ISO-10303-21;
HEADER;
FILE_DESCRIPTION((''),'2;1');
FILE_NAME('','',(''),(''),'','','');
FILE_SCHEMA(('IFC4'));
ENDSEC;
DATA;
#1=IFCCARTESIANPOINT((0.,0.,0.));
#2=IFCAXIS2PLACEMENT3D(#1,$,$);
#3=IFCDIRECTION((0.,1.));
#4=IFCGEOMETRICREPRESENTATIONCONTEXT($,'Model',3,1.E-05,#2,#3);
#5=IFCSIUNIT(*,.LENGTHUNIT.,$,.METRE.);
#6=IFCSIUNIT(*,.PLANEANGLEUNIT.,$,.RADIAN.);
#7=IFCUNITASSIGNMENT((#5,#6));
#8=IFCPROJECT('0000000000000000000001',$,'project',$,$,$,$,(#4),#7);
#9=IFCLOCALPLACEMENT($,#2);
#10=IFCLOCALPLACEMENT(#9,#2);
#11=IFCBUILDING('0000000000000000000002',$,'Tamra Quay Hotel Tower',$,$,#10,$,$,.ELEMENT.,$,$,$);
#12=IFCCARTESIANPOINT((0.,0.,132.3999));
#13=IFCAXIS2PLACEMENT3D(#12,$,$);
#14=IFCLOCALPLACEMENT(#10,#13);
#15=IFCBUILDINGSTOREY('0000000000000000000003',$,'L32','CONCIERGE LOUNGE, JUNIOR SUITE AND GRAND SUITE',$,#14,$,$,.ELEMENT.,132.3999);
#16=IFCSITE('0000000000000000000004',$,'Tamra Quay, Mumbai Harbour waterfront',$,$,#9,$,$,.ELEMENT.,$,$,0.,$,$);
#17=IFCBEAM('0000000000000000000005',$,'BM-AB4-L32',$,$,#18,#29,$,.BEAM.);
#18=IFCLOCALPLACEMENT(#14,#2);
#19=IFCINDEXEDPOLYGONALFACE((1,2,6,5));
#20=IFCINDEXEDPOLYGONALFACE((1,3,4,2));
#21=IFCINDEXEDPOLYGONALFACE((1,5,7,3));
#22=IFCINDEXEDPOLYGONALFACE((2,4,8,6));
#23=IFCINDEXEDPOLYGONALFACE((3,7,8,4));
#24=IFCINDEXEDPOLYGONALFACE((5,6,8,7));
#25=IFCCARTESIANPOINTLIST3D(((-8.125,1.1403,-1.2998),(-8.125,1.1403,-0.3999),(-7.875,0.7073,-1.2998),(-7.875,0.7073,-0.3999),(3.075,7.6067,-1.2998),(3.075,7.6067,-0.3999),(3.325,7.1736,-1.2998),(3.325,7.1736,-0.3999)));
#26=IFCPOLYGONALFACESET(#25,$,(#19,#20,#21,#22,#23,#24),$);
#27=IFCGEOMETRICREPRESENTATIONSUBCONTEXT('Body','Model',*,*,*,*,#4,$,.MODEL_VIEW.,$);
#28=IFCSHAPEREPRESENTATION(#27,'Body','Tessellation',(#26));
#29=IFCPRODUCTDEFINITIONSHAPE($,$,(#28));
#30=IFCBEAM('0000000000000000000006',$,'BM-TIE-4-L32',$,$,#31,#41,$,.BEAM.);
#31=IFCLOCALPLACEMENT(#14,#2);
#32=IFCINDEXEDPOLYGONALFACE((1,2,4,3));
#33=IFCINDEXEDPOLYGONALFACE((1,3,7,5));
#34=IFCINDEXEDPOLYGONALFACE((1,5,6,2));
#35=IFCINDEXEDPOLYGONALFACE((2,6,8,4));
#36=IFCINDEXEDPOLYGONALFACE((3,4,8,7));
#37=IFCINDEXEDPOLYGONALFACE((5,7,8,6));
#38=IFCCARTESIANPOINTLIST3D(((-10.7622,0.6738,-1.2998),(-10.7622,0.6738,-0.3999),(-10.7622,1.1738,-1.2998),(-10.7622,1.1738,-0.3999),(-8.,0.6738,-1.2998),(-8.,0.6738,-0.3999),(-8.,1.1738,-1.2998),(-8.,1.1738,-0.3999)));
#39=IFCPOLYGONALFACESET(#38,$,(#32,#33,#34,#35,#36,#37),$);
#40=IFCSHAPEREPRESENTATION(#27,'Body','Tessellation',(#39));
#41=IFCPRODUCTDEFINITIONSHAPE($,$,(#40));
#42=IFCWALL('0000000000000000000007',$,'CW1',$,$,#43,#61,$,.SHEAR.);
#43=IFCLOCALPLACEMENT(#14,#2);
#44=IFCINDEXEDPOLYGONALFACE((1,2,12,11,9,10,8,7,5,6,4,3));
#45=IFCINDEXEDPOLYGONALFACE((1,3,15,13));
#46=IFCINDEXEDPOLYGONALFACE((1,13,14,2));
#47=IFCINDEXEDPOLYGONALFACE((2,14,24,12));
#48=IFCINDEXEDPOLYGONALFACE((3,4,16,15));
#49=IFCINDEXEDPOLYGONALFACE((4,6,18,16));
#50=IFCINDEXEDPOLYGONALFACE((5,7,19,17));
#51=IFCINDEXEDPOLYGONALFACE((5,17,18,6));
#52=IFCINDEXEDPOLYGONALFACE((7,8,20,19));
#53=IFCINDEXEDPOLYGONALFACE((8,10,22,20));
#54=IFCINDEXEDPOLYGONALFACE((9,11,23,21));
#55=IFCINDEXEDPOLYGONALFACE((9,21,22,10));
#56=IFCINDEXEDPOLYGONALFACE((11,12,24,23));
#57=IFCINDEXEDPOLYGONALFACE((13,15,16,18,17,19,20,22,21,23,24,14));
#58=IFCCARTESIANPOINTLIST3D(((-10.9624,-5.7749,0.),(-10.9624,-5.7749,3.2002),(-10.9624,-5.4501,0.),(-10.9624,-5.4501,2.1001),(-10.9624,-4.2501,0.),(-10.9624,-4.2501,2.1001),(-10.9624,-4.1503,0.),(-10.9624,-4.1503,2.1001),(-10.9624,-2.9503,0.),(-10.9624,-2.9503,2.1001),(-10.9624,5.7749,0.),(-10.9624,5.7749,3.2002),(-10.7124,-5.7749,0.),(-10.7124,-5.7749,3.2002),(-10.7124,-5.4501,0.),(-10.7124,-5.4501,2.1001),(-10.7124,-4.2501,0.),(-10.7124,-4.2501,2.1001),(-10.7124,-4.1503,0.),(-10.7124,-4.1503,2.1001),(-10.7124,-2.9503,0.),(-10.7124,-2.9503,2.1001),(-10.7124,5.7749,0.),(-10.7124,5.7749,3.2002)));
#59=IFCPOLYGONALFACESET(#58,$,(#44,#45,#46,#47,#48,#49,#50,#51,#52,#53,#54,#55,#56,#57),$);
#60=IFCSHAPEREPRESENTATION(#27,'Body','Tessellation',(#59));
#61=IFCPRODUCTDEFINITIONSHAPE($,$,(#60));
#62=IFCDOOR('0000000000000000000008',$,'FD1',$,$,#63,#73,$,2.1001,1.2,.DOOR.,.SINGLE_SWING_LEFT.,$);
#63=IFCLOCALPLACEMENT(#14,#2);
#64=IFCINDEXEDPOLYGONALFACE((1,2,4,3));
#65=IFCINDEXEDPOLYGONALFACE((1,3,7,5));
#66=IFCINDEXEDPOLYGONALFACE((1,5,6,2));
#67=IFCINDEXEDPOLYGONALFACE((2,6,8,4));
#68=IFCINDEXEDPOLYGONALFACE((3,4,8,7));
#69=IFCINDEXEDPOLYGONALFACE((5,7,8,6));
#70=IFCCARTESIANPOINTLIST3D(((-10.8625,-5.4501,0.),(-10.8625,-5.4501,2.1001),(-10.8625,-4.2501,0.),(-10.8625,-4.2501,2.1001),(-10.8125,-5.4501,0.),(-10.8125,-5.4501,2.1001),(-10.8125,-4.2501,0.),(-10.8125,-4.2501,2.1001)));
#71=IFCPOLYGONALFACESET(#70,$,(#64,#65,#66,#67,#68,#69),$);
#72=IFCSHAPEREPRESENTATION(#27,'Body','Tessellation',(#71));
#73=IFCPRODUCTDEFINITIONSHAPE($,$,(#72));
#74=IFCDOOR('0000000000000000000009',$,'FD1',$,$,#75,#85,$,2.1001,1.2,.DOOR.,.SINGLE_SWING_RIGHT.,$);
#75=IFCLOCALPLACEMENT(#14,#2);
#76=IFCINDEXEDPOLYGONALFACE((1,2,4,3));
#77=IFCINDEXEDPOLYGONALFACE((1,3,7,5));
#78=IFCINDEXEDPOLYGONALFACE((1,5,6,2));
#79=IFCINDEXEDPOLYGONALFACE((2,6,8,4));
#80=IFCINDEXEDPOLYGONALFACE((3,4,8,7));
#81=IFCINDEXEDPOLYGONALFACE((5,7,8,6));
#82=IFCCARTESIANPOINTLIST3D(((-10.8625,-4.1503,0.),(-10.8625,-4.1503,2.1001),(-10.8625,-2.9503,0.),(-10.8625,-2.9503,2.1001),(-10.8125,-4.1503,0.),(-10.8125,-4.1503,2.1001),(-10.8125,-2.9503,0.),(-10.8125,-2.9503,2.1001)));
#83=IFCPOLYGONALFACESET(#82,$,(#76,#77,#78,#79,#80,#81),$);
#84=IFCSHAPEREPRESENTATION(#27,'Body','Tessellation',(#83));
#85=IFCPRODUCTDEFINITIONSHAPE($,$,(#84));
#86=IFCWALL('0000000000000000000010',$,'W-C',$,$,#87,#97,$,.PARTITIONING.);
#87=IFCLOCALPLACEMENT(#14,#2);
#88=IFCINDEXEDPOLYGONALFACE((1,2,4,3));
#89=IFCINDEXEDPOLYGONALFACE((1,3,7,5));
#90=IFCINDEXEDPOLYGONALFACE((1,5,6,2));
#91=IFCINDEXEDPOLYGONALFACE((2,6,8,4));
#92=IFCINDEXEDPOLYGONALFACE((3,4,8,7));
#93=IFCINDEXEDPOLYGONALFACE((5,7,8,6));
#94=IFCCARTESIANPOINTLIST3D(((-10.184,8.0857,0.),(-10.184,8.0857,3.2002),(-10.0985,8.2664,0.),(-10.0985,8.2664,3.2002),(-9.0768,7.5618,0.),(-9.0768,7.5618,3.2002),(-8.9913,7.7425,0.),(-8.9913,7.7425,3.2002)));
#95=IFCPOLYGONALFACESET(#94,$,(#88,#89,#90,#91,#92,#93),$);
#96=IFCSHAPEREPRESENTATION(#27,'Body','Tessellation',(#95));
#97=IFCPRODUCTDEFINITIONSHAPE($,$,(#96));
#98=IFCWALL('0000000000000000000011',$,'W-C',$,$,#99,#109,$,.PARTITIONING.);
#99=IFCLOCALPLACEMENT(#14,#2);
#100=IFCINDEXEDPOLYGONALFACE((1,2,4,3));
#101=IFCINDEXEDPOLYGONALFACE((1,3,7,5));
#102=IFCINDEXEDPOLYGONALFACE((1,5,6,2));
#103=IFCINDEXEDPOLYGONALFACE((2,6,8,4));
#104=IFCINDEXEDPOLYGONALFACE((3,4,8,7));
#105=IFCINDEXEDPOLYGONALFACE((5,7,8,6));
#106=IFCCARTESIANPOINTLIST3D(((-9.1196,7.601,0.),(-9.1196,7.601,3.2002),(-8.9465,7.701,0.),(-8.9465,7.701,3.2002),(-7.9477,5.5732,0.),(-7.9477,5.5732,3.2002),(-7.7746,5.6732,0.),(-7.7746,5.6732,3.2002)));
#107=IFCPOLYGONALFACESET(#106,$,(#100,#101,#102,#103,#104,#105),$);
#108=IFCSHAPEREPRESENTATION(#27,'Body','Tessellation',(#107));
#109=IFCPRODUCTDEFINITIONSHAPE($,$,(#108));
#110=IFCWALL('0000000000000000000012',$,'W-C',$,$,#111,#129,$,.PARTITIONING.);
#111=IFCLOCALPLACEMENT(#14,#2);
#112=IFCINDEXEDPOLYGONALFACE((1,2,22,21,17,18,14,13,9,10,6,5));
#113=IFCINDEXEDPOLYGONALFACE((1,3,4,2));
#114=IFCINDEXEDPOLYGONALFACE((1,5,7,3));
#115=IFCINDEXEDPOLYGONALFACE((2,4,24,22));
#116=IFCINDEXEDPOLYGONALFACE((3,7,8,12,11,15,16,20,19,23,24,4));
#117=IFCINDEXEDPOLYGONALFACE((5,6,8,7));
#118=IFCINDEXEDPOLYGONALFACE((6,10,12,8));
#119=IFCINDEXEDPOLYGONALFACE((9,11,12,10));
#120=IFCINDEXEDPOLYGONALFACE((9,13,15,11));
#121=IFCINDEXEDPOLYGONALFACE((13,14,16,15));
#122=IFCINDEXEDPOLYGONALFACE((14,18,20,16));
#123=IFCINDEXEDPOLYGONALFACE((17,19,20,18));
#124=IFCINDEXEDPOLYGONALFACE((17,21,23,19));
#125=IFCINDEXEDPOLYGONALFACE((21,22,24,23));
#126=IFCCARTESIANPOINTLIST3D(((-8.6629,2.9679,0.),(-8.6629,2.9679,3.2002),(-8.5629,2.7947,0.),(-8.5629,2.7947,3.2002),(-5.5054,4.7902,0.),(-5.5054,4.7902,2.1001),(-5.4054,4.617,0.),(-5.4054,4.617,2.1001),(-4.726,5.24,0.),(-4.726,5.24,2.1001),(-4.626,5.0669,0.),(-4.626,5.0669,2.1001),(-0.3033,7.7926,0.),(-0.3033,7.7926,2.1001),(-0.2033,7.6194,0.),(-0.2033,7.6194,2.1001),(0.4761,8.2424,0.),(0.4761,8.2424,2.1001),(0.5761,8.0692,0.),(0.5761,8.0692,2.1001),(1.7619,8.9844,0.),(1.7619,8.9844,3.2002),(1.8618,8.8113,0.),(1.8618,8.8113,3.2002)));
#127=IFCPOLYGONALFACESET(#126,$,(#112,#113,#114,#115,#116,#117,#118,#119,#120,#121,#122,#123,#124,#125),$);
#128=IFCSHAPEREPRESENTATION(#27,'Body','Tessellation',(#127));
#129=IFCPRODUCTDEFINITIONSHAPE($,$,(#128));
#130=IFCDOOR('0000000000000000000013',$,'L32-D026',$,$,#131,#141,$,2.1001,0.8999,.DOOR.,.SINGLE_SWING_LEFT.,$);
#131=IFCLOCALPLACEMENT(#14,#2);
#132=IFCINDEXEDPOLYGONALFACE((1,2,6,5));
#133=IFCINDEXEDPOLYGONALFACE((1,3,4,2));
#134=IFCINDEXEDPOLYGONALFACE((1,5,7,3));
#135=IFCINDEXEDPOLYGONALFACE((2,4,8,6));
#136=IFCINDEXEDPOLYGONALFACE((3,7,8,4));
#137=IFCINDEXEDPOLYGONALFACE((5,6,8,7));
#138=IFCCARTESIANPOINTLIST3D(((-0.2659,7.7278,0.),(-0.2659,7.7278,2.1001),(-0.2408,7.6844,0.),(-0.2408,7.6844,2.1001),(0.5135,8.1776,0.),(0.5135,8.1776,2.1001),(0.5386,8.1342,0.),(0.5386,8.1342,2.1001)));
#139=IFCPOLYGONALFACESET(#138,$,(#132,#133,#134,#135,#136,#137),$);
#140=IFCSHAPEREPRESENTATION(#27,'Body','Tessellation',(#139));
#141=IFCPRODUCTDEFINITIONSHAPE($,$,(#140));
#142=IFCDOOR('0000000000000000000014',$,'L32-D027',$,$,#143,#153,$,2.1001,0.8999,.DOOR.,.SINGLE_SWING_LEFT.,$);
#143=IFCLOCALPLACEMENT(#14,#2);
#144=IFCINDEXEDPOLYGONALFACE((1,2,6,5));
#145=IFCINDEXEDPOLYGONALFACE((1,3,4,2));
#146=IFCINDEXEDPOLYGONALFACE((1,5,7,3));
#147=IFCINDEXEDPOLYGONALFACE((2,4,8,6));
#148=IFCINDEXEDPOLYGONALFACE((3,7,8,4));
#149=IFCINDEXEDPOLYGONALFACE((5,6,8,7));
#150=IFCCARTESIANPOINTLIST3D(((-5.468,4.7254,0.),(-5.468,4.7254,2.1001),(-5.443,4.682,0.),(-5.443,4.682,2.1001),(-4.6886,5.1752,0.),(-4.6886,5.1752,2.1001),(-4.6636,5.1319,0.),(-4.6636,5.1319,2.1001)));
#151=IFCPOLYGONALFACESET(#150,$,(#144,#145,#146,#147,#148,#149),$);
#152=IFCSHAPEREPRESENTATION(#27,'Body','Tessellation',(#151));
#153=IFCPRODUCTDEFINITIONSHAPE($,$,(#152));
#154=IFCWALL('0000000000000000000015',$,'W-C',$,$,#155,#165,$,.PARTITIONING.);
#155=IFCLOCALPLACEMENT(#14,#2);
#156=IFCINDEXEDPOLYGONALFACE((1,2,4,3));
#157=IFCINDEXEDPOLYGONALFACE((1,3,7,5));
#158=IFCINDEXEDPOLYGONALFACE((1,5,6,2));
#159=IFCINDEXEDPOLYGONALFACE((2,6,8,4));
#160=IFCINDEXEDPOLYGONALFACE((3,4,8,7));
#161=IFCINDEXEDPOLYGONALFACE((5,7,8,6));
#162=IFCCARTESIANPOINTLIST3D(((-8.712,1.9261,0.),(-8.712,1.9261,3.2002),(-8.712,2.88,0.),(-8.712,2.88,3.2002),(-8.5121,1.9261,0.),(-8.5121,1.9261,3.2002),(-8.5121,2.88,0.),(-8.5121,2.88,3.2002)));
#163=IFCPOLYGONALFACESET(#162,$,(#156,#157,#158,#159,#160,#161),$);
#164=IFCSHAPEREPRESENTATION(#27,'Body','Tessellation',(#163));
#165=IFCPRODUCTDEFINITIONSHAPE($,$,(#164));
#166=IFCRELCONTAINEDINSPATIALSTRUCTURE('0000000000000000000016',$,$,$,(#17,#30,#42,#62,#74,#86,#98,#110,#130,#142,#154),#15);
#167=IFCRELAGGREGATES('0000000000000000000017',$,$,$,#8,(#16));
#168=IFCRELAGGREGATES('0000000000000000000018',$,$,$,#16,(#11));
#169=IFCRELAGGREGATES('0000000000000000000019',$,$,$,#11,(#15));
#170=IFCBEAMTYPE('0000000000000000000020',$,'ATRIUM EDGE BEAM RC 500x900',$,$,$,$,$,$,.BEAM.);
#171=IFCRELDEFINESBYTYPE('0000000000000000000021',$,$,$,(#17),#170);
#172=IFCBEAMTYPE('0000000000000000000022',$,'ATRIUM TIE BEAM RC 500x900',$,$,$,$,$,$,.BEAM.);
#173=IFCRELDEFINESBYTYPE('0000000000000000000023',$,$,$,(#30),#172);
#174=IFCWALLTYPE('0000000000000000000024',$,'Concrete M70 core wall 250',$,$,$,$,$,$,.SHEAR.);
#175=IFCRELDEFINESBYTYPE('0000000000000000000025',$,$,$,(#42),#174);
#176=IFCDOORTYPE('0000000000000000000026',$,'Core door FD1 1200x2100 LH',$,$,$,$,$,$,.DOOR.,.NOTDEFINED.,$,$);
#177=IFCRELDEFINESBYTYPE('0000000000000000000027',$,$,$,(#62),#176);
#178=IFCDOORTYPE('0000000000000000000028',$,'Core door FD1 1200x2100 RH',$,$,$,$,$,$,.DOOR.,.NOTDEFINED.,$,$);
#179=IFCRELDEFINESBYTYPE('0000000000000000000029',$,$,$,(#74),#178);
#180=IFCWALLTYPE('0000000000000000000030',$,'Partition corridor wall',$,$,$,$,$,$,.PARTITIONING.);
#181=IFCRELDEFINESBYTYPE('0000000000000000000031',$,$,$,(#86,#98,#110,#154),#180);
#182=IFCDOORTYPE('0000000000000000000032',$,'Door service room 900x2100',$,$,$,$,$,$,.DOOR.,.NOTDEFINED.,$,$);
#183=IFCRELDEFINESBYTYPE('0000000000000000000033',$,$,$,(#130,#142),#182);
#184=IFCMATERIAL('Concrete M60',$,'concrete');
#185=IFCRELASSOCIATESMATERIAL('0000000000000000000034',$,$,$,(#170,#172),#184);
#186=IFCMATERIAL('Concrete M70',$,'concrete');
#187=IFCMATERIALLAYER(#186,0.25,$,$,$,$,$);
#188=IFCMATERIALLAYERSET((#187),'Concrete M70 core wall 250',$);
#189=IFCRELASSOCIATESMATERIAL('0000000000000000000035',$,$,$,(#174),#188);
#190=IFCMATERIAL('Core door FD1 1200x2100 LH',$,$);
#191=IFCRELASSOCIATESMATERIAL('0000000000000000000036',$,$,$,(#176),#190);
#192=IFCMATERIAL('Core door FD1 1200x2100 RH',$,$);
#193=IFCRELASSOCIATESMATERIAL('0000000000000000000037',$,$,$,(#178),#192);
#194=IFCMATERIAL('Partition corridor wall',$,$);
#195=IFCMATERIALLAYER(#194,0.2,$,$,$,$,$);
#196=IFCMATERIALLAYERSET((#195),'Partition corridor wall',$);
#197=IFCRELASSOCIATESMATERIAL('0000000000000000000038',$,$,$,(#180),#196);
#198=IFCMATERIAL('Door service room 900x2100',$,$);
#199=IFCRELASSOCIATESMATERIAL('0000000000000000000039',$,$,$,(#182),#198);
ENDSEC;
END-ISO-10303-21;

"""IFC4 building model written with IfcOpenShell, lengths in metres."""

from ifc_helpers import new_model, si_unit, direction, frame, frame_2d, origin, origin_2d, place, context, subcontext, project, spatial, rectangle, extrude, material, layer, layer_set, material_profile, profile_set, type_object, element, fill, save


model = new_model("IFC4")

# Units and contexts
model_context = context("Model", 3, precision=1e-05, world=origin(), true_north=direction((0.0, 1.0)))
body_context = subcontext(model_context, "Body", "Model", "MODEL_VIEW")
ifc_project = project(units=[si_unit("LENGTHUNIT", "METRE"), si_unit("PLANEANGLEUNIT", "RADIAN")], contexts=[model_context])

# Site, building, storey
site_placement = place(None, origin())
site = spatial("IfcSite", under=ifc_project, at=site_placement, Name="Tamra Quay, Mumbai Harbour waterfront", CompositionType="ELEMENT", RefElevation=0.0)
building_placement = place(site_placement, origin())
building = spatial("IfcBuilding", under=site, at=building_placement, Name="Tamra Quay Hotel Tower", CompositionType="ELEMENT")
storey_placement = place(building_placement, frame((0.0, 0.0, 132.3999)))
storey = spatial("IfcBuildingStorey", under=building, at=storey_placement, Name="L32", Description="CONCIERGE LOUNGE, JUNIOR SUITE AND GRAND SUITE", CompositionType="ELEMENT", Elevation=132.3999)

# Beams
ifc_material_1 = material(Name="Concrete M60", Category="concrete")
ifc_material_profile_1 = material_profile(ifc_material_1, rectangle(XDim=0.5, YDim=0.8999, at=origin_2d()), Name="ATRIUM EDGE BEAM RC 500x900")
ifc_profile_set_1 = profile_set([ifc_material_profile_1], Name="Concrete M60")
beam_type_1 = type_object("IfcBeamType", Name="ATRIUM EDGE BEAM RC 500x900", PredefinedType="BEAM", material=ifc_profile_set_1)
beam_1_placement = place(storey_placement, frame((-8.0, 0.9238, -0.8499), z_axis=(0.866025, 0.500001, 0.0), x_axis=(-0.500001, 0.866025, 0.0)))
element("IfcBeam", 1, at=beam_1_placement, inside=storey, type_object=beam_type_1, Name="BM-AB4-L32", PredefinedType="BEAM", context=body_context, shape_type="SweptSolid", body=[
    extrude(rectangle(XDim=0.5, YDim=0.8999, at=origin_2d()), origin(), (0.0, 0.0, 1.0), 12.9326),
])
ifc_material_profile_2 = material_profile(ifc_material_1, rectangle(XDim=0.5, YDim=0.8999, at=origin_2d()), Name="ATRIUM TIE BEAM RC 500x900")
ifc_profile_set_2 = profile_set([ifc_material_profile_2], Name="Concrete M60")
beam_type_2 = type_object("IfcBeamType", Name="ATRIUM TIE BEAM RC 500x900", PredefinedType="BEAM", material=ifc_profile_set_2)
beam_2_placement = place(storey_placement, frame((-8.0, 0.9238, -0.8499), z_axis=(-1.0, 0.0, 0.0), x_axis=(0.0, -1.0, 0.0)))
element("IfcBeam", 2, at=beam_2_placement, inside=storey, type_object=beam_type_2, Name="BM-TIE-4-L32", PredefinedType="BEAM", context=body_context, shape_type="SweptSolid", body=[
    extrude(rectangle(XDim=0.5, YDim=0.8999, at=origin_2d()), origin(), (0.0, 0.0, 1.0), 2.7622),
])

# Wall, openings, doors
ifc_material_2 = material(Name="Concrete M70", Category="concrete")
ifc_layer_1 = layer(ifc_material_2, 0.25)
ifc_layer_set_1 = layer_set([ifc_layer_1], Name="Concrete M70 core wall 250")
wall_type_1 = type_object("IfcWallType", Name="Concrete M70 core wall 250", PredefinedType="SHEAR", material=ifc_layer_set_1)
wall_1_placement = place(storey_placement, frame((-10.8374, 5.7749, 0.0), z_axis=(0.0, 0.0, 1.0), x_axis=(0.0, -1.0, 0.0)))
wall_1 = element("IfcWall", 3, at=wall_1_placement, inside=storey, type_object=wall_type_1, Name="CW1", PredefinedType="SHEAR", context=body_context, shape_type="SweptSolid", body=[
    extrude(rectangle(XDim=11.5498, YDim=0.25, at=frame_2d((5.7749, 0.0))), origin(), (0.0, 0.0, 1.0), 3.2002),
])
opening_1_placement = place(wall_1_placement, frame((10.0249, 0.0, 0.0)))
opening_1 = element("IfcOpeningElement", 4, at=opening_1_placement, cuts=wall_1, PredefinedType="OPENING", context=body_context, shape_type="SweptSolid", body=[
    extrude(rectangle(XDim=1.2, YDim=2.1001, at=frame_2d((0.6001, 1.05))), frame((0.0, 0.135, 0.0), z_axis=(0.0, -1.0, 0.0), x_axis=(1.0, 0.0, 0.0)), (0.0, 0.0, 1.0), 0.27),
])
opening_2_placement = place(wall_1_placement, frame((8.7251, 0.0, 0.0)))
opening_2 = element("IfcOpeningElement", 5, at=opening_2_placement, cuts=wall_1, PredefinedType="OPENING", context=body_context, shape_type="SweptSolid", body=[
    extrude(rectangle(XDim=1.2, YDim=2.1001, at=frame_2d((0.6001, 1.05))), frame((0.0, 0.135, 0.0), z_axis=(0.0, -1.0, 0.0), x_axis=(1.0, 0.0, 0.0)), (0.0, 0.0, 1.0), 0.27),
])
ifc_material_3 = material(Name="Core door FD1 1200x2100 LH")
door_type_1 = type_object("IfcDoorType", Name="Core door FD1 1200x2100 LH", OperationType="NOTDEFINED", PredefinedType="DOOR", material=ifc_material_3)
door_1_placement = place(opening_1_placement, origin())
door_1 = element("IfcDoor", 6, at=door_1_placement, inside=storey, type_object=door_type_1, Name="FD1", OperationType="SINGLE_SWING_LEFT", OverallHeight=2.1001, OverallWidth=1.2, PredefinedType="DOOR", context=body_context, shape_type="SweptSolid", body=[
    extrude(rectangle(XDim=1.2, YDim=2.1001, at=frame_2d((0.6001, 1.05))), frame((0.0, 0.0249, 0.0), z_axis=(0.0, -1.0, 0.0), x_axis=(1.0, 0.0, 0.0)), (0.0, 0.0, 1.0), 0.05),
])
fill(opening_1, door_1)
ifc_material_4 = material(Name="Core door FD1 1200x2100 RH")
door_type_2 = type_object("IfcDoorType", Name="Core door FD1 1200x2100 RH", OperationType="NOTDEFINED", PredefinedType="DOOR", material=ifc_material_4)
door_2_placement = place(opening_2_placement, origin())
door_2 = element("IfcDoor", 7, at=door_2_placement, inside=storey, type_object=door_type_2, Name="FD1", OperationType="SINGLE_SWING_RIGHT", OverallHeight=2.1001, OverallWidth=1.2, PredefinedType="DOOR", context=body_context, shape_type="SweptSolid", body=[
    extrude(rectangle(XDim=1.2, YDim=2.1001, at=frame_2d((0.6001, 1.05))), frame((0.0, 0.0249, 0.0), z_axis=(0.0, -1.0, 0.0), x_axis=(1.0, 0.0, 0.0)), (0.0, 0.0, 1.0), 0.05),
])
fill(opening_2, door_2)

# Walls
ifc_material_5 = material(Name="Partition corridor wall")
ifc_layer_2 = layer(ifc_material_5, 0.2)
ifc_layer_set_2 = layer_set([ifc_layer_2], Name="Partition corridor wall")
wall_type_2 = type_object("IfcWallType", Name="Partition corridor wall", PredefinedType="PARTITIONING", material=ifc_layer_set_2)
wall_2_placement = place(storey_placement, frame((-10.1411, 8.176, 0.0), z_axis=(0.0, 0.0, 1.0), x_axis=(0.903904, -0.427735, 0.0)))
element("IfcWall", 8, at=wall_2_placement, inside=storey, type_object=wall_type_2, Name="W-C", PredefinedType="PARTITIONING", context=body_context, shape_type="SweptSolid", body=[
    extrude(rectangle(XDim=1.2249, YDim=0.2, at=frame_2d((0.6123, 0.0))), origin(), (0.0, 0.0, 1.0), 3.2002),
])
wall_3_placement = place(storey_placement, frame((-9.033, 7.6509, 0.0), z_axis=(0.0, 0.0, 1.0), x_axis=(0.500354, -0.865821, 0.0)))
element("IfcWall", 9, at=wall_3_placement, inside=storey, type_object=wall_type_2, Name="W-C", PredefinedType="PARTITIONING", context=body_context, shape_type="SweptSolid", body=[
    extrude(rectangle(XDim=2.342, YDim=0.2, at=frame_2d((1.1709, 0.0))), origin(), (0.0, 0.0, 1.0), 3.2002),
])

# Wall, openings, doors
wall_4_placement = place(storey_placement, frame((-8.6128, 2.8813, 0.0), z_axis=(0.0, 0.0, 1.0), x_axis=(0.866103, 0.499865, 0.0)))
wall_4 = element("IfcWall", 10, at=wall_4_placement, inside=storey, type_object=wall_type_2, Name="W-C", PredefinedType="PARTITIONING", context=body_context, shape_type="SweptSolid", body=[
    extrude(rectangle(XDim=12.0364, YDim=0.2, at=frame_2d((6.0181, 0.0))), origin(), (0.0, 0.0, 1.0), 3.2002),
])
opening_3_placement = place(wall_4_placement, frame((9.6519, 0.0, 0.0)))
opening_3 = element("IfcOpeningElement", 11, at=opening_3_placement, cuts=wall_4, PredefinedType="OPENING", context=body_context, shape_type="SweptSolid", body=[
    extrude(rectangle(XDim=0.8999, YDim=2.1001, at=frame_2d((0.45, 1.05))), frame((0.0, 0.1099, 0.0), z_axis=(0.0, -1.0, 0.0), x_axis=(1.0, 0.0, 0.0)), (0.0, 0.0, 1.0), 0.22),
])
opening_4_placement = place(wall_4_placement, frame((3.6455, 0.0, 0.0)))
opening_4 = element("IfcOpeningElement", 12, at=opening_4_placement, cuts=wall_4, PredefinedType="OPENING", context=body_context, shape_type="SweptSolid", body=[
    extrude(rectangle(XDim=0.8999, YDim=2.1001, at=frame_2d((0.45, 1.05))), frame((0.0, 0.1099, 0.0), z_axis=(0.0, -1.0, 0.0), x_axis=(1.0, 0.0, 0.0)), (0.0, 0.0, 1.0), 0.22),
])
ifc_material_6 = material(Name="Door service room 900x2100")
door_type_3 = type_object("IfcDoorType", Name="Door service room 900x2100", OperationType="NOTDEFINED", PredefinedType="DOOR", material=ifc_material_6)
door_3_placement = place(opening_3_placement, frame((0.8999, 0.0, 0.0), z_axis=(0.0, 0.0, 1.0), x_axis=(-1.0, 0.0, 0.0)))
door_3 = element("IfcDoor", 13, at=door_3_placement, inside=storey, type_object=door_type_3, Name="L32-D026", OperationType="SINGLE_SWING_LEFT", OverallHeight=2.1001, OverallWidth=0.8999, PredefinedType="DOOR", context=body_context, shape_type="SweptSolid", body=[
    extrude(rectangle(XDim=0.8999, YDim=2.1001, at=frame_2d((0.45, 1.05))), frame((0.0, 0.0249, 0.0), z_axis=(0.0, -1.0, 0.0), x_axis=(1.0, 0.0, 0.0)), (0.0, 0.0, 1.0), 0.05),
])
fill(opening_3, door_3)
door_4_placement = place(opening_4_placement, frame((0.8999, 0.0, 0.0), z_axis=(0.0, 0.0, 1.0), x_axis=(-1.0, 0.0, 0.0)))
door_4 = element("IfcDoor", 14, at=door_4_placement, inside=storey, type_object=door_type_3, Name="L32-D027", OperationType="SINGLE_SWING_LEFT", OverallHeight=2.1001, OverallWidth=0.8999, PredefinedType="DOOR", context=body_context, shape_type="SweptSolid", body=[
    extrude(rectangle(XDim=0.8999, YDim=2.1001, at=frame_2d((0.45, 1.05))), frame((0.0, 0.0249, 0.0), z_axis=(0.0, -1.0, 0.0), x_axis=(1.0, 0.0, 0.0)), (0.0, 0.0, 1.0), 0.05),
])
fill(opening_4, door_4)

# Wall
wall_5_placement = place(storey_placement, frame((-8.6121, 1.926, 0.0), z_axis=(0.0, 0.0, 1.0), x_axis=(0.0, 1.0, 0.0)))
element("IfcWall", 15, at=wall_5_placement, inside=storey, type_object=wall_type_2, Name="W-C", PredefinedType="PARTITIONING", context=body_context, shape_type="SweptSolid", body=[
    extrude(rectangle(XDim=0.9539, YDim=0.2, at=frame_2d((0.4771, 0.0))), origin(), (0.0, 0.0, 1.0), 3.2002),
])

save(model, "model.ifc")
